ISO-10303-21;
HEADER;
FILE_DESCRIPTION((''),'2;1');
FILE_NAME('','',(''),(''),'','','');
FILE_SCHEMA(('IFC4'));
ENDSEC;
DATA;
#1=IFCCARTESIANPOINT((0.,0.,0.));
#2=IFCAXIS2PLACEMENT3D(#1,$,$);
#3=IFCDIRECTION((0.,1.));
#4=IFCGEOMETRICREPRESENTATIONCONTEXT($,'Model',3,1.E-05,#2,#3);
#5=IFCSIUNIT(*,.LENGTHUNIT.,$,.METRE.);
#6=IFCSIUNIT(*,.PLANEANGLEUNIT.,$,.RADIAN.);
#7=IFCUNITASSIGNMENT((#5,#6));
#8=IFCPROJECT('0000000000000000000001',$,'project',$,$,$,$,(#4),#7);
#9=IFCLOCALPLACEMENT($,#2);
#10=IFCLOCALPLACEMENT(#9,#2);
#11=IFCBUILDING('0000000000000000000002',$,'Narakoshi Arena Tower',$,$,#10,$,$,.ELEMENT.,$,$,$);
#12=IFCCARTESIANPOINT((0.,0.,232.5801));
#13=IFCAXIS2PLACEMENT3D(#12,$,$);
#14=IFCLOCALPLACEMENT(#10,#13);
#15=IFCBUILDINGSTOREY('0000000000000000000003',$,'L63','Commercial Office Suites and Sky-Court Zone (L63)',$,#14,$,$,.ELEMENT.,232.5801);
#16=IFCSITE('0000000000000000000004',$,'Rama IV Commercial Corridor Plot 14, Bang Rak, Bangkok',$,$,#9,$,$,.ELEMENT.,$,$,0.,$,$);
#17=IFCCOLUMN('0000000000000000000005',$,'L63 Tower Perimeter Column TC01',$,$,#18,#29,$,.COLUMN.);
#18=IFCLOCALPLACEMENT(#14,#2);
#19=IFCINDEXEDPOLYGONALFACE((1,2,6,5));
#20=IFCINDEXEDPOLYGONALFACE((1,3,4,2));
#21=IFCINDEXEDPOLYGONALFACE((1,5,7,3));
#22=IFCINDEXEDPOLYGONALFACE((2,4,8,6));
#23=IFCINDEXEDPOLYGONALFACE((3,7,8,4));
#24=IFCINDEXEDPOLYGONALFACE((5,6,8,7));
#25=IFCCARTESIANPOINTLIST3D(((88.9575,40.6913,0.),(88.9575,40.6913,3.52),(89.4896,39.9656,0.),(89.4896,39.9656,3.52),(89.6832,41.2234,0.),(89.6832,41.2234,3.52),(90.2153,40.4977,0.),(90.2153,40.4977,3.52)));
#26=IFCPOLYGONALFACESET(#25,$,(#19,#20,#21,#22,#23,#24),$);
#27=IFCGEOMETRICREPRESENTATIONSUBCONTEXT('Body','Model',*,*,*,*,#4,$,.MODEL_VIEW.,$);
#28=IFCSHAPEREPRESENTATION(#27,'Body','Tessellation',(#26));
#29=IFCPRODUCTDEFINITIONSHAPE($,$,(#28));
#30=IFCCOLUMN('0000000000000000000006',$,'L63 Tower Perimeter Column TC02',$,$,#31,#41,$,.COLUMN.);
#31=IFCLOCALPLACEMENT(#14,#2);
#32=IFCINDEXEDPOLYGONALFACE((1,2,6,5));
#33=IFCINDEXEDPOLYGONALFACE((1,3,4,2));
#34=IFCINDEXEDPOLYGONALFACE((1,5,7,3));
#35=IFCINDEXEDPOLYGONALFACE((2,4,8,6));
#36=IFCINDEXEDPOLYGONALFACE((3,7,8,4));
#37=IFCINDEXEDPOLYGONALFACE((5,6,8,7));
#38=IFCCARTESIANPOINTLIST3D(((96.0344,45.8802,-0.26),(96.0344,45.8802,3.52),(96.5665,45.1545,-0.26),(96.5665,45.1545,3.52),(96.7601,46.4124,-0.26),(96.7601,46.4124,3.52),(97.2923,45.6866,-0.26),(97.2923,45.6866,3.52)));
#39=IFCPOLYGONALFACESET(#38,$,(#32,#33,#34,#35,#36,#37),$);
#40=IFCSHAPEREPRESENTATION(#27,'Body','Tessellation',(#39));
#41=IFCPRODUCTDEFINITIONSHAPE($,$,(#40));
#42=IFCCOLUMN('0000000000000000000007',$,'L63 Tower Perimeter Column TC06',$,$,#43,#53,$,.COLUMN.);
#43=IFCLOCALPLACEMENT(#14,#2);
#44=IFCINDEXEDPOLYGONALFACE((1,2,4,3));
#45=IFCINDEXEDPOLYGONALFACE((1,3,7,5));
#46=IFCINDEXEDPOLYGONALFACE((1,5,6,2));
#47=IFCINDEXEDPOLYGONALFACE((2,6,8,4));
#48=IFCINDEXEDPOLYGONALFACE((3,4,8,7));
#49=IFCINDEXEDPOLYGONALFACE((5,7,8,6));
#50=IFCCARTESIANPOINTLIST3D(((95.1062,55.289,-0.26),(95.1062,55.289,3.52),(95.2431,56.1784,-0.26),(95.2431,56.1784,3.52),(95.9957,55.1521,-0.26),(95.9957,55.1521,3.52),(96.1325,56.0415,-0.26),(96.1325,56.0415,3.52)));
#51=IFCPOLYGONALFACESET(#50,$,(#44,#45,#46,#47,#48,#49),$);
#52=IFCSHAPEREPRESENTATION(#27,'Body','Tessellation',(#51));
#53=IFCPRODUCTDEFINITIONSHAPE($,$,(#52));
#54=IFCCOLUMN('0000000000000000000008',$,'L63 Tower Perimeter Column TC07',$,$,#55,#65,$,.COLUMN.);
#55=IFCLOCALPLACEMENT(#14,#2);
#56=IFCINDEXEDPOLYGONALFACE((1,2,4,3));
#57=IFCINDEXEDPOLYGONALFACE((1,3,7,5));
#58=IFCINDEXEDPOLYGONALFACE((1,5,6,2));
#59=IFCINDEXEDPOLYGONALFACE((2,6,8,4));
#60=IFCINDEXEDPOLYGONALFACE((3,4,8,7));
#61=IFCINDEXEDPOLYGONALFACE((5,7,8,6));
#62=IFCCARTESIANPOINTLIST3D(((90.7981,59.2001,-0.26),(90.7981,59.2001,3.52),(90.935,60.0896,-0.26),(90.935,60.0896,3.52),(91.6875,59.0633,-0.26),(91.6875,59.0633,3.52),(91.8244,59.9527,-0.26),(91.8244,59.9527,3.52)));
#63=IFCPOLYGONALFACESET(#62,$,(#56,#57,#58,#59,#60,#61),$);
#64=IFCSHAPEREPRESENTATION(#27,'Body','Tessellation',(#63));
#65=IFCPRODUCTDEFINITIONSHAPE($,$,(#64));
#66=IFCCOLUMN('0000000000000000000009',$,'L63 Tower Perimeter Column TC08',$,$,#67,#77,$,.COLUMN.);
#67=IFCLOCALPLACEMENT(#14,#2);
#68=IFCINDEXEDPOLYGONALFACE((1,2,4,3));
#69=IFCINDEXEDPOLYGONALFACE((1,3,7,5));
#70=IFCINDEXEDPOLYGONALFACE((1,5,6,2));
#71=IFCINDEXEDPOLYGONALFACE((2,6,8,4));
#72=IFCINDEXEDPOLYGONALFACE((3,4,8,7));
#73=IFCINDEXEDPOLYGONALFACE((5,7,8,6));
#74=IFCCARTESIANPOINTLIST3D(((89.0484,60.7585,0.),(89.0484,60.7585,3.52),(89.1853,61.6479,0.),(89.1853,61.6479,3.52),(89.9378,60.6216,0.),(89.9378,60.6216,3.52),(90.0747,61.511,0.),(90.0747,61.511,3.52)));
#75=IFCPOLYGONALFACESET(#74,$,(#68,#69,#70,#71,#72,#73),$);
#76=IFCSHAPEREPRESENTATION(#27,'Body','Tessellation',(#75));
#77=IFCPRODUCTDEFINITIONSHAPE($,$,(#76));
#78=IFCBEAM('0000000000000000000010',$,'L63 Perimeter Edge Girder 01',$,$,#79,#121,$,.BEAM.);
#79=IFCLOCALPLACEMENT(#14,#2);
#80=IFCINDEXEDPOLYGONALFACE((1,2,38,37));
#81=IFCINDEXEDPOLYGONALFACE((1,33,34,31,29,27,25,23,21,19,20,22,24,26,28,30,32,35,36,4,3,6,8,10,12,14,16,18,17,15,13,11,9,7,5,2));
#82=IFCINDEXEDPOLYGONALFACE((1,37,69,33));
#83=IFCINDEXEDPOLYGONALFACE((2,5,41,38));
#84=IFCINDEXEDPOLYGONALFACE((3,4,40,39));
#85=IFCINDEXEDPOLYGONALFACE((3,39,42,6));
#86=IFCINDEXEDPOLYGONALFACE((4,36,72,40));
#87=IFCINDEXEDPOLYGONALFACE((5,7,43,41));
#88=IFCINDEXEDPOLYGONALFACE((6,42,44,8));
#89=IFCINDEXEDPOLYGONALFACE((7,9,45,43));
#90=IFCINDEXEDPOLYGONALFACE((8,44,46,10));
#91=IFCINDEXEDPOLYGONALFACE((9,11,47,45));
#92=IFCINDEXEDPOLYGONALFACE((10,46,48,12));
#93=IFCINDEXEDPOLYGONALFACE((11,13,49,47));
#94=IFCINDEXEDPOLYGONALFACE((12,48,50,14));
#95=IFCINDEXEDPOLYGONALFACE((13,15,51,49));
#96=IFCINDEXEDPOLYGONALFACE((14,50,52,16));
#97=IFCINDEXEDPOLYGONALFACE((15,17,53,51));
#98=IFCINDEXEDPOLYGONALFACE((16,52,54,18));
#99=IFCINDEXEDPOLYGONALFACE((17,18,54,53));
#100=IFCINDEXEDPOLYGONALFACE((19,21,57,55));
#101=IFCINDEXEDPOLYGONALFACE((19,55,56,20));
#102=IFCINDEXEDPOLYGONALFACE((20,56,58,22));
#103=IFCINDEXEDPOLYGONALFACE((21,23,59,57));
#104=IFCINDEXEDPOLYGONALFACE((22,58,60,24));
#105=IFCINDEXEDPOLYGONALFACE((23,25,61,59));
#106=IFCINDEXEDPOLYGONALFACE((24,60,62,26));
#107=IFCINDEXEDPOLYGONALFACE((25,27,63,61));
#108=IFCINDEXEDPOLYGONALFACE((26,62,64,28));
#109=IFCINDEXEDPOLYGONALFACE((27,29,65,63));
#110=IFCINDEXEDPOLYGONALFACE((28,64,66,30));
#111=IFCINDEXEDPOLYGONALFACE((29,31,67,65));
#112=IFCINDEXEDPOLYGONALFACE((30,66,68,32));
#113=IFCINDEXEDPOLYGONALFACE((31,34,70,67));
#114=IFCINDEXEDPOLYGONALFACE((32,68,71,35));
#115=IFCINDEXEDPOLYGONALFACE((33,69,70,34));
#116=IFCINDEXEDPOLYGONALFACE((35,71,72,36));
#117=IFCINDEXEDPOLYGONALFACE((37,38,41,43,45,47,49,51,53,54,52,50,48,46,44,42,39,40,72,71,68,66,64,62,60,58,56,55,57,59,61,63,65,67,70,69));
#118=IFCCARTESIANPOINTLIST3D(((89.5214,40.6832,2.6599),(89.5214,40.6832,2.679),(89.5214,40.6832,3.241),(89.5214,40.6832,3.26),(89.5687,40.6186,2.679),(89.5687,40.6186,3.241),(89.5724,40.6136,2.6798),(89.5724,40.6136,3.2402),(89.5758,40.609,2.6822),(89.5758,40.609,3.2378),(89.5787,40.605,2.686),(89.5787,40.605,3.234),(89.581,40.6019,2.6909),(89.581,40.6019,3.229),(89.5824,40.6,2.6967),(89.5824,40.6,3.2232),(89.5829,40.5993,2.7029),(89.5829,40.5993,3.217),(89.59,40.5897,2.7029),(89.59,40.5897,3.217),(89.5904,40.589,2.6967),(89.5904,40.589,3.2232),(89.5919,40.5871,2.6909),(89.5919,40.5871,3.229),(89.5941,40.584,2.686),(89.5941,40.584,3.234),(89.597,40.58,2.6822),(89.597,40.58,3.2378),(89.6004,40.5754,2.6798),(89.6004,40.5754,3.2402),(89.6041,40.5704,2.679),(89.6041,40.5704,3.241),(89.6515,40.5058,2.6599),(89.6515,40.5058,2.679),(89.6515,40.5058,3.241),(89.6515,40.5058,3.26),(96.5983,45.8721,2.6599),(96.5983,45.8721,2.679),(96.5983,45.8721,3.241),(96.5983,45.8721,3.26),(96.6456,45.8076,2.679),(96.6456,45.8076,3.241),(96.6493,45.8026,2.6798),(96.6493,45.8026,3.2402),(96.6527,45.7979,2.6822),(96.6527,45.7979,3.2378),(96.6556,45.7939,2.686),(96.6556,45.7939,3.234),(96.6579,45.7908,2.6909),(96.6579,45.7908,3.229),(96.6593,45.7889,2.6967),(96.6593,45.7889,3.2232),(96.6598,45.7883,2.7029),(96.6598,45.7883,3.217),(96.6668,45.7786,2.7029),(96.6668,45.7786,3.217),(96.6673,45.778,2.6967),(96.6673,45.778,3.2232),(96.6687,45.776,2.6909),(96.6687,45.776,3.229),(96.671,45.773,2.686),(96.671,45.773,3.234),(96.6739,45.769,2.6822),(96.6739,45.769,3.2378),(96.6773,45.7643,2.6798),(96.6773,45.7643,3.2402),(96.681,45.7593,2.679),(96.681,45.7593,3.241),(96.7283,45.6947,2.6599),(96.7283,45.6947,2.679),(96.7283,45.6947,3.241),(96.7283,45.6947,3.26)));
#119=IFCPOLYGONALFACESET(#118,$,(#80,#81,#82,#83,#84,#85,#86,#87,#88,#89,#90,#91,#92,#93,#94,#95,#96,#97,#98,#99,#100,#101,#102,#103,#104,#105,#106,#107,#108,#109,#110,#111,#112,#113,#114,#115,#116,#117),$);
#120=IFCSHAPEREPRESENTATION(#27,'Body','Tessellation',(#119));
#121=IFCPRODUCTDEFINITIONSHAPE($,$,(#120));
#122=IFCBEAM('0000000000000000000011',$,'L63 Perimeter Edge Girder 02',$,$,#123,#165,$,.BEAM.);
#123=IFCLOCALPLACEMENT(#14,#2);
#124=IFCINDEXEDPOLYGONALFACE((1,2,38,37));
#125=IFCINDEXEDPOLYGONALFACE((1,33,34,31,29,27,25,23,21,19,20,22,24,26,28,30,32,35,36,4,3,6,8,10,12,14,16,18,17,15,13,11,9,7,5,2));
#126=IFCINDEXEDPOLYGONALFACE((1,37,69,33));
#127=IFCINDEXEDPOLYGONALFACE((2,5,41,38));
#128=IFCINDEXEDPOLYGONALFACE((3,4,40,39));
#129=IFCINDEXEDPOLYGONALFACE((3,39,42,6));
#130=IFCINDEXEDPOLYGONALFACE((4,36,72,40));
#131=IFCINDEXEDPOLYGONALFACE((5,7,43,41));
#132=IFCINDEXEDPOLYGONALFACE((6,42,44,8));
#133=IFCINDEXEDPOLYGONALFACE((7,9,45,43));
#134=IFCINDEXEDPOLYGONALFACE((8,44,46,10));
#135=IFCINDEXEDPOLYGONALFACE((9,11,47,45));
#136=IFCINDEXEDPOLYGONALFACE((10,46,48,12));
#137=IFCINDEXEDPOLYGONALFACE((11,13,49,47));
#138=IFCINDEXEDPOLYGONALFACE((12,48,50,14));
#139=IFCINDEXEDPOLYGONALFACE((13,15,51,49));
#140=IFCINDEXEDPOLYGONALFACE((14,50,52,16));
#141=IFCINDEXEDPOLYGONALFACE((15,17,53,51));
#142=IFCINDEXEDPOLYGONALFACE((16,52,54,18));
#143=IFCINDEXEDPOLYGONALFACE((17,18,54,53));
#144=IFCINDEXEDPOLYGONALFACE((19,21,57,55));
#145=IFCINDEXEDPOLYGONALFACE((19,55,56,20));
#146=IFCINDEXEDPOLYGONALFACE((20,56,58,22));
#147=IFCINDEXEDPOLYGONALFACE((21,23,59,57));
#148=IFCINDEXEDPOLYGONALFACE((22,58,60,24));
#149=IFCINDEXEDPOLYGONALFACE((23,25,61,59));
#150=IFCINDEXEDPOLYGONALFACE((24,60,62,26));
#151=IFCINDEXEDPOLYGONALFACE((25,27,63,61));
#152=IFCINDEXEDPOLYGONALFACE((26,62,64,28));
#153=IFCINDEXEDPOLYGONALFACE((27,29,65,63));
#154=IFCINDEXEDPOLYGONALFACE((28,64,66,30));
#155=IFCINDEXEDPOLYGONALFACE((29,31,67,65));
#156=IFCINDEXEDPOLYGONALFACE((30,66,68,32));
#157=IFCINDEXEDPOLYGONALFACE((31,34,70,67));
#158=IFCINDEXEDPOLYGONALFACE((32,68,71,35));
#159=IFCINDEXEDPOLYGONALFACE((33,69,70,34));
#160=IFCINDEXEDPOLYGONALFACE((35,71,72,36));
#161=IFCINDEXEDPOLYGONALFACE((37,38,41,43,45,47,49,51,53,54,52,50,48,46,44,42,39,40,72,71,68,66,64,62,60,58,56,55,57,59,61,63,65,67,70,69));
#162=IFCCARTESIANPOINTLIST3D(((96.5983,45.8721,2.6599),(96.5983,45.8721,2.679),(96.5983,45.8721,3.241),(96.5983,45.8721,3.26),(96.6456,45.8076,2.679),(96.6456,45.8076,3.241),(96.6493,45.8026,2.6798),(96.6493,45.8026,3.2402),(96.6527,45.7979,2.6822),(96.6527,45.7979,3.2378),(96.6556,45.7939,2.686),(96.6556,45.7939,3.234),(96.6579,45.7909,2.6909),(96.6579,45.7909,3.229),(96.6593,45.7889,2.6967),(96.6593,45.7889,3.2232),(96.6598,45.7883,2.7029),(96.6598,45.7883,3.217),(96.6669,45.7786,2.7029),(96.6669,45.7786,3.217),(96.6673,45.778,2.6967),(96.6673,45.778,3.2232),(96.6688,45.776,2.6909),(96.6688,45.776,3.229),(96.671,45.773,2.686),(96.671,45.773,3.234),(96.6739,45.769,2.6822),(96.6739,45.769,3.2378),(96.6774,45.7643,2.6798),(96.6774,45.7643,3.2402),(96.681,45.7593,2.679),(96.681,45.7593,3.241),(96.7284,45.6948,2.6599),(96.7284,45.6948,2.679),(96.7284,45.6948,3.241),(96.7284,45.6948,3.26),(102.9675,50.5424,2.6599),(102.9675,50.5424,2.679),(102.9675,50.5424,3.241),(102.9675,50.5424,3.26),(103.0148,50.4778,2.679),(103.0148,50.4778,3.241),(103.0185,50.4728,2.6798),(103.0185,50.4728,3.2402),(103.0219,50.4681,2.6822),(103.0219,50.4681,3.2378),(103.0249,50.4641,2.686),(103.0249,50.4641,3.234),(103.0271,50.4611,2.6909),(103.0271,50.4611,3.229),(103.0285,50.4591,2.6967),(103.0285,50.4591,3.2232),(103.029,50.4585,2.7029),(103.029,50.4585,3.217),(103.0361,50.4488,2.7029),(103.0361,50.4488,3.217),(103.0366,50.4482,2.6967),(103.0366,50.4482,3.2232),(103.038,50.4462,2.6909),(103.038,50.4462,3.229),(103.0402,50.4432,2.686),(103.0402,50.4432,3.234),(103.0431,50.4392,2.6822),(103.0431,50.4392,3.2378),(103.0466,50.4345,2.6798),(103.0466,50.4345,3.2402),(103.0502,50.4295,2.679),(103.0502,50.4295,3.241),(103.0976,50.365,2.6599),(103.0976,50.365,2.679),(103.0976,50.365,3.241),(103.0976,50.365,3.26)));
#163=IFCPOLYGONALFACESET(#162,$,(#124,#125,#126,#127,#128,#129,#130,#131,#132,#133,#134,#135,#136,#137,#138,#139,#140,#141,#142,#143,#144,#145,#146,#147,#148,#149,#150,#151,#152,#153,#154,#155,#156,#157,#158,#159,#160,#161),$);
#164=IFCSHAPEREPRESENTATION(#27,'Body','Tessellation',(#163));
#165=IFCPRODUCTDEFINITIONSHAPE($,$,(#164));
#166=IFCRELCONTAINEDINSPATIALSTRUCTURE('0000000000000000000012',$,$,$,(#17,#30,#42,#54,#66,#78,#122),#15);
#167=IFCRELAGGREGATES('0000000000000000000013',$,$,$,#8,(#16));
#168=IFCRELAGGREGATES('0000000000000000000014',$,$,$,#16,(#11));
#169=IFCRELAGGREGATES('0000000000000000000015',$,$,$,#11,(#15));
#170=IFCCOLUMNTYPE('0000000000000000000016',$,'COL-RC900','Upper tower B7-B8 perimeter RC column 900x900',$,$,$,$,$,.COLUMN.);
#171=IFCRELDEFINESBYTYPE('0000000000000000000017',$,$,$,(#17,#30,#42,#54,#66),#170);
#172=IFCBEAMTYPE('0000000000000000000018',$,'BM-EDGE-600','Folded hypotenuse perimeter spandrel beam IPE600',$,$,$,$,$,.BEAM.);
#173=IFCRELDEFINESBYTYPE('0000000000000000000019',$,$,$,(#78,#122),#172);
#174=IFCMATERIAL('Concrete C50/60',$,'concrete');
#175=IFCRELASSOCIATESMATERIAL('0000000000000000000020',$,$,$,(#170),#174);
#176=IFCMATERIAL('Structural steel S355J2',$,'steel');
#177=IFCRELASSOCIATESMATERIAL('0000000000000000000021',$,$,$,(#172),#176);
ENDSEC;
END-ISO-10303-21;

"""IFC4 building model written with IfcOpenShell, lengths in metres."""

from ifc_helpers import new_model, si_unit, direction, frame, origin, origin_2d, place, context, subcontext, project, spatial, rectangle, i_section, extrude, material, material_profile, profile_set, type_object, element, save


model = new_model("IFC4")

# Units and contexts
model_context = context("Model", 3, precision=1e-05, world=origin(), true_north=direction((0.0, 1.0)))
body_context = subcontext(model_context, "Body", "Model", "MODEL_VIEW")
ifc_project = project(units=[si_unit("LENGTHUNIT", "METRE"), si_unit("PLANEANGLEUNIT", "RADIAN")], contexts=[model_context])

# Site, building, storey
site_placement = place(None, origin())
site = spatial("IfcSite", under=ifc_project, at=site_placement, Name="Rama IV Commercial Corridor Plot 14, Bang Rak, Bangkok", CompositionType="ELEMENT", RefElevation=0.0)
building_placement = place(site_placement, origin())
building = spatial("IfcBuilding", under=site, at=building_placement, Name="Narakoshi Arena Tower", CompositionType="ELEMENT")
storey_placement = place(building_placement, frame((0.0, 0.0, 232.5801)))
storey = spatial("IfcBuildingStorey", under=building, at=storey_placement, Name="L63", Description="Commercial Office Suites and Sky-Court Zone (L63)", CompositionType="ELEMENT", Elevation=232.5801)

# Columns
ifc_material_1 = material(Name="Concrete C50/60", Category="concrete")
ifc_material_profile_1 = material_profile(ifc_material_1, rectangle(XDim=0.8999, YDim=0.8999, at=origin_2d()), Name="RC900x900")
ifc_profile_set_1 = profile_set([ifc_material_profile_1], Name="Concrete C50/60")
column_type = type_object("IfcColumnType", Name="COL-RC900", Description="Upper tower B7-B8 perimeter RC column 900x900", PredefinedType="COLUMN", material=ifc_profile_set_1)
column_1_placement = place(storey_placement, frame((89.5864, 40.5945, 0.0), z_axis=(0.0, 0.0, 1.0), x_axis=(0.806445, 0.59131, 0.0)))
element("IfcColumn", 1, at=column_1_placement, inside=storey, type_object=column_type, Name="L63 Tower Perimeter Column TC01", PredefinedType="COLUMN", context=body_context, shape_type="SweptSolid", body=[
    extrude(rectangle(XDim=0.8999, YDim=0.8999, at=origin_2d()), origin(), (0.0, 0.0, 1.0), 3.52),
])
for number, where, z_axis, x_axis, name in (
    (2, (96.6633, 45.7834, -0.26), (0.0, 0.0, 1.0), (0.806445, 0.59131, 0.0), "L63 Tower Perimeter Column TC02"),
    (3, (95.6194, 55.6653, -0.26), (0.0, 0.0, 1.0), (0.152123, 0.988362, 0.0), "L63 Tower Perimeter Column TC06"),
    (4, (91.3113, 59.5764, -0.26), (0.0, 0.0, 1.0), (0.152123, 0.988362, 0.0), "L63 Tower Perimeter Column TC07"),
):
    element("IfcColumn", number, at=place(storey_placement, frame(where, z_axis=z_axis, x_axis=x_axis)), inside=storey, type_object=column_type, Name=name, PredefinedType="COLUMN", context=body_context, shape_type="SweptSolid", body=[
        extrude(rectangle(XDim=0.8999, YDim=0.8999, at=origin_2d()), origin(), (0.0, 0.0, 1.0), 3.78),
    ])
column_2_placement = place(storey_placement, frame((89.5615, 61.1348, 0.0), z_axis=(0.0, 0.0, 1.0), x_axis=(0.152123, 0.988362, 0.0)))
element("IfcColumn", 5, at=column_2_placement, inside=storey, type_object=column_type, Name="L63 Tower Perimeter Column TC08", PredefinedType="COLUMN", context=body_context, shape_type="SweptSolid", body=[
    extrude(rectangle(XDim=0.8999, YDim=0.8999, at=origin_2d()), origin(), (0.0, 0.0, 1.0), 3.52),
])

# Beams
ifc_material_2 = material(Name="Structural steel S355J2", Category="steel")
ifc_material_profile_2 = material_profile(ifc_material_2, i_section(OverallWidth=0.22, OverallDepth=0.6001, WebThickness=0.012, FlangeThickness=0.019, FilletRadius=0.0239, at=origin_2d()), Name="IPE600")
ifc_profile_set_2 = profile_set([ifc_material_profile_2], Name="Structural steel S355J2")
beam_type_1 = type_object("IfcBeamType", Name="BM-EDGE-600", Description="Folded hypotenuse perimeter spandrel beam IPE600", PredefinedType="BEAM", material=ifc_profile_set_2)
beam_1_placement = place(storey_placement, frame((89.5864, 40.5945, 2.96), z_axis=(0.806447, 0.591307, 0.0), x_axis=(-0.591307, 0.806447, 0.0)))
element("IfcBeam", 6, at=beam_1_placement, inside=storey, type_object=beam_type_1, Name="L63 Perimeter Edge Girder 01", PredefinedType="BEAM", context=body_context, shape_type="SweptSolid", body=[
    extrude(i_section(OverallWidth=0.22, OverallDepth=0.6001, WebThickness=0.012, FlangeThickness=0.019, FilletRadius=0.0239, at=origin_2d()), origin(), (0.0, 0.0, 1.0), 8.7754),
])
beam_2_placement = place(storey_placement, frame((96.6633, 45.7834, 2.96), z_axis=(0.806437, 0.591319, 0.0), x_axis=(-0.591319, 0.806437, 0.0)))
element("IfcBeam", 7, at=beam_2_placement, inside=storey, type_object=beam_type_1, Name="L63 Perimeter Edge Girder 02", PredefinedType="BEAM", context=body_context, shape_type="SweptSolid", body=[
    extrude(i_section(OverallWidth=0.22, OverallDepth=0.6001, WebThickness=0.012, FlangeThickness=0.019, FilletRadius=0.0239, at=origin_2d()), origin(), (0.0, 0.0, 1.0), 7.8979),
])

save(model, "model.ifc")
